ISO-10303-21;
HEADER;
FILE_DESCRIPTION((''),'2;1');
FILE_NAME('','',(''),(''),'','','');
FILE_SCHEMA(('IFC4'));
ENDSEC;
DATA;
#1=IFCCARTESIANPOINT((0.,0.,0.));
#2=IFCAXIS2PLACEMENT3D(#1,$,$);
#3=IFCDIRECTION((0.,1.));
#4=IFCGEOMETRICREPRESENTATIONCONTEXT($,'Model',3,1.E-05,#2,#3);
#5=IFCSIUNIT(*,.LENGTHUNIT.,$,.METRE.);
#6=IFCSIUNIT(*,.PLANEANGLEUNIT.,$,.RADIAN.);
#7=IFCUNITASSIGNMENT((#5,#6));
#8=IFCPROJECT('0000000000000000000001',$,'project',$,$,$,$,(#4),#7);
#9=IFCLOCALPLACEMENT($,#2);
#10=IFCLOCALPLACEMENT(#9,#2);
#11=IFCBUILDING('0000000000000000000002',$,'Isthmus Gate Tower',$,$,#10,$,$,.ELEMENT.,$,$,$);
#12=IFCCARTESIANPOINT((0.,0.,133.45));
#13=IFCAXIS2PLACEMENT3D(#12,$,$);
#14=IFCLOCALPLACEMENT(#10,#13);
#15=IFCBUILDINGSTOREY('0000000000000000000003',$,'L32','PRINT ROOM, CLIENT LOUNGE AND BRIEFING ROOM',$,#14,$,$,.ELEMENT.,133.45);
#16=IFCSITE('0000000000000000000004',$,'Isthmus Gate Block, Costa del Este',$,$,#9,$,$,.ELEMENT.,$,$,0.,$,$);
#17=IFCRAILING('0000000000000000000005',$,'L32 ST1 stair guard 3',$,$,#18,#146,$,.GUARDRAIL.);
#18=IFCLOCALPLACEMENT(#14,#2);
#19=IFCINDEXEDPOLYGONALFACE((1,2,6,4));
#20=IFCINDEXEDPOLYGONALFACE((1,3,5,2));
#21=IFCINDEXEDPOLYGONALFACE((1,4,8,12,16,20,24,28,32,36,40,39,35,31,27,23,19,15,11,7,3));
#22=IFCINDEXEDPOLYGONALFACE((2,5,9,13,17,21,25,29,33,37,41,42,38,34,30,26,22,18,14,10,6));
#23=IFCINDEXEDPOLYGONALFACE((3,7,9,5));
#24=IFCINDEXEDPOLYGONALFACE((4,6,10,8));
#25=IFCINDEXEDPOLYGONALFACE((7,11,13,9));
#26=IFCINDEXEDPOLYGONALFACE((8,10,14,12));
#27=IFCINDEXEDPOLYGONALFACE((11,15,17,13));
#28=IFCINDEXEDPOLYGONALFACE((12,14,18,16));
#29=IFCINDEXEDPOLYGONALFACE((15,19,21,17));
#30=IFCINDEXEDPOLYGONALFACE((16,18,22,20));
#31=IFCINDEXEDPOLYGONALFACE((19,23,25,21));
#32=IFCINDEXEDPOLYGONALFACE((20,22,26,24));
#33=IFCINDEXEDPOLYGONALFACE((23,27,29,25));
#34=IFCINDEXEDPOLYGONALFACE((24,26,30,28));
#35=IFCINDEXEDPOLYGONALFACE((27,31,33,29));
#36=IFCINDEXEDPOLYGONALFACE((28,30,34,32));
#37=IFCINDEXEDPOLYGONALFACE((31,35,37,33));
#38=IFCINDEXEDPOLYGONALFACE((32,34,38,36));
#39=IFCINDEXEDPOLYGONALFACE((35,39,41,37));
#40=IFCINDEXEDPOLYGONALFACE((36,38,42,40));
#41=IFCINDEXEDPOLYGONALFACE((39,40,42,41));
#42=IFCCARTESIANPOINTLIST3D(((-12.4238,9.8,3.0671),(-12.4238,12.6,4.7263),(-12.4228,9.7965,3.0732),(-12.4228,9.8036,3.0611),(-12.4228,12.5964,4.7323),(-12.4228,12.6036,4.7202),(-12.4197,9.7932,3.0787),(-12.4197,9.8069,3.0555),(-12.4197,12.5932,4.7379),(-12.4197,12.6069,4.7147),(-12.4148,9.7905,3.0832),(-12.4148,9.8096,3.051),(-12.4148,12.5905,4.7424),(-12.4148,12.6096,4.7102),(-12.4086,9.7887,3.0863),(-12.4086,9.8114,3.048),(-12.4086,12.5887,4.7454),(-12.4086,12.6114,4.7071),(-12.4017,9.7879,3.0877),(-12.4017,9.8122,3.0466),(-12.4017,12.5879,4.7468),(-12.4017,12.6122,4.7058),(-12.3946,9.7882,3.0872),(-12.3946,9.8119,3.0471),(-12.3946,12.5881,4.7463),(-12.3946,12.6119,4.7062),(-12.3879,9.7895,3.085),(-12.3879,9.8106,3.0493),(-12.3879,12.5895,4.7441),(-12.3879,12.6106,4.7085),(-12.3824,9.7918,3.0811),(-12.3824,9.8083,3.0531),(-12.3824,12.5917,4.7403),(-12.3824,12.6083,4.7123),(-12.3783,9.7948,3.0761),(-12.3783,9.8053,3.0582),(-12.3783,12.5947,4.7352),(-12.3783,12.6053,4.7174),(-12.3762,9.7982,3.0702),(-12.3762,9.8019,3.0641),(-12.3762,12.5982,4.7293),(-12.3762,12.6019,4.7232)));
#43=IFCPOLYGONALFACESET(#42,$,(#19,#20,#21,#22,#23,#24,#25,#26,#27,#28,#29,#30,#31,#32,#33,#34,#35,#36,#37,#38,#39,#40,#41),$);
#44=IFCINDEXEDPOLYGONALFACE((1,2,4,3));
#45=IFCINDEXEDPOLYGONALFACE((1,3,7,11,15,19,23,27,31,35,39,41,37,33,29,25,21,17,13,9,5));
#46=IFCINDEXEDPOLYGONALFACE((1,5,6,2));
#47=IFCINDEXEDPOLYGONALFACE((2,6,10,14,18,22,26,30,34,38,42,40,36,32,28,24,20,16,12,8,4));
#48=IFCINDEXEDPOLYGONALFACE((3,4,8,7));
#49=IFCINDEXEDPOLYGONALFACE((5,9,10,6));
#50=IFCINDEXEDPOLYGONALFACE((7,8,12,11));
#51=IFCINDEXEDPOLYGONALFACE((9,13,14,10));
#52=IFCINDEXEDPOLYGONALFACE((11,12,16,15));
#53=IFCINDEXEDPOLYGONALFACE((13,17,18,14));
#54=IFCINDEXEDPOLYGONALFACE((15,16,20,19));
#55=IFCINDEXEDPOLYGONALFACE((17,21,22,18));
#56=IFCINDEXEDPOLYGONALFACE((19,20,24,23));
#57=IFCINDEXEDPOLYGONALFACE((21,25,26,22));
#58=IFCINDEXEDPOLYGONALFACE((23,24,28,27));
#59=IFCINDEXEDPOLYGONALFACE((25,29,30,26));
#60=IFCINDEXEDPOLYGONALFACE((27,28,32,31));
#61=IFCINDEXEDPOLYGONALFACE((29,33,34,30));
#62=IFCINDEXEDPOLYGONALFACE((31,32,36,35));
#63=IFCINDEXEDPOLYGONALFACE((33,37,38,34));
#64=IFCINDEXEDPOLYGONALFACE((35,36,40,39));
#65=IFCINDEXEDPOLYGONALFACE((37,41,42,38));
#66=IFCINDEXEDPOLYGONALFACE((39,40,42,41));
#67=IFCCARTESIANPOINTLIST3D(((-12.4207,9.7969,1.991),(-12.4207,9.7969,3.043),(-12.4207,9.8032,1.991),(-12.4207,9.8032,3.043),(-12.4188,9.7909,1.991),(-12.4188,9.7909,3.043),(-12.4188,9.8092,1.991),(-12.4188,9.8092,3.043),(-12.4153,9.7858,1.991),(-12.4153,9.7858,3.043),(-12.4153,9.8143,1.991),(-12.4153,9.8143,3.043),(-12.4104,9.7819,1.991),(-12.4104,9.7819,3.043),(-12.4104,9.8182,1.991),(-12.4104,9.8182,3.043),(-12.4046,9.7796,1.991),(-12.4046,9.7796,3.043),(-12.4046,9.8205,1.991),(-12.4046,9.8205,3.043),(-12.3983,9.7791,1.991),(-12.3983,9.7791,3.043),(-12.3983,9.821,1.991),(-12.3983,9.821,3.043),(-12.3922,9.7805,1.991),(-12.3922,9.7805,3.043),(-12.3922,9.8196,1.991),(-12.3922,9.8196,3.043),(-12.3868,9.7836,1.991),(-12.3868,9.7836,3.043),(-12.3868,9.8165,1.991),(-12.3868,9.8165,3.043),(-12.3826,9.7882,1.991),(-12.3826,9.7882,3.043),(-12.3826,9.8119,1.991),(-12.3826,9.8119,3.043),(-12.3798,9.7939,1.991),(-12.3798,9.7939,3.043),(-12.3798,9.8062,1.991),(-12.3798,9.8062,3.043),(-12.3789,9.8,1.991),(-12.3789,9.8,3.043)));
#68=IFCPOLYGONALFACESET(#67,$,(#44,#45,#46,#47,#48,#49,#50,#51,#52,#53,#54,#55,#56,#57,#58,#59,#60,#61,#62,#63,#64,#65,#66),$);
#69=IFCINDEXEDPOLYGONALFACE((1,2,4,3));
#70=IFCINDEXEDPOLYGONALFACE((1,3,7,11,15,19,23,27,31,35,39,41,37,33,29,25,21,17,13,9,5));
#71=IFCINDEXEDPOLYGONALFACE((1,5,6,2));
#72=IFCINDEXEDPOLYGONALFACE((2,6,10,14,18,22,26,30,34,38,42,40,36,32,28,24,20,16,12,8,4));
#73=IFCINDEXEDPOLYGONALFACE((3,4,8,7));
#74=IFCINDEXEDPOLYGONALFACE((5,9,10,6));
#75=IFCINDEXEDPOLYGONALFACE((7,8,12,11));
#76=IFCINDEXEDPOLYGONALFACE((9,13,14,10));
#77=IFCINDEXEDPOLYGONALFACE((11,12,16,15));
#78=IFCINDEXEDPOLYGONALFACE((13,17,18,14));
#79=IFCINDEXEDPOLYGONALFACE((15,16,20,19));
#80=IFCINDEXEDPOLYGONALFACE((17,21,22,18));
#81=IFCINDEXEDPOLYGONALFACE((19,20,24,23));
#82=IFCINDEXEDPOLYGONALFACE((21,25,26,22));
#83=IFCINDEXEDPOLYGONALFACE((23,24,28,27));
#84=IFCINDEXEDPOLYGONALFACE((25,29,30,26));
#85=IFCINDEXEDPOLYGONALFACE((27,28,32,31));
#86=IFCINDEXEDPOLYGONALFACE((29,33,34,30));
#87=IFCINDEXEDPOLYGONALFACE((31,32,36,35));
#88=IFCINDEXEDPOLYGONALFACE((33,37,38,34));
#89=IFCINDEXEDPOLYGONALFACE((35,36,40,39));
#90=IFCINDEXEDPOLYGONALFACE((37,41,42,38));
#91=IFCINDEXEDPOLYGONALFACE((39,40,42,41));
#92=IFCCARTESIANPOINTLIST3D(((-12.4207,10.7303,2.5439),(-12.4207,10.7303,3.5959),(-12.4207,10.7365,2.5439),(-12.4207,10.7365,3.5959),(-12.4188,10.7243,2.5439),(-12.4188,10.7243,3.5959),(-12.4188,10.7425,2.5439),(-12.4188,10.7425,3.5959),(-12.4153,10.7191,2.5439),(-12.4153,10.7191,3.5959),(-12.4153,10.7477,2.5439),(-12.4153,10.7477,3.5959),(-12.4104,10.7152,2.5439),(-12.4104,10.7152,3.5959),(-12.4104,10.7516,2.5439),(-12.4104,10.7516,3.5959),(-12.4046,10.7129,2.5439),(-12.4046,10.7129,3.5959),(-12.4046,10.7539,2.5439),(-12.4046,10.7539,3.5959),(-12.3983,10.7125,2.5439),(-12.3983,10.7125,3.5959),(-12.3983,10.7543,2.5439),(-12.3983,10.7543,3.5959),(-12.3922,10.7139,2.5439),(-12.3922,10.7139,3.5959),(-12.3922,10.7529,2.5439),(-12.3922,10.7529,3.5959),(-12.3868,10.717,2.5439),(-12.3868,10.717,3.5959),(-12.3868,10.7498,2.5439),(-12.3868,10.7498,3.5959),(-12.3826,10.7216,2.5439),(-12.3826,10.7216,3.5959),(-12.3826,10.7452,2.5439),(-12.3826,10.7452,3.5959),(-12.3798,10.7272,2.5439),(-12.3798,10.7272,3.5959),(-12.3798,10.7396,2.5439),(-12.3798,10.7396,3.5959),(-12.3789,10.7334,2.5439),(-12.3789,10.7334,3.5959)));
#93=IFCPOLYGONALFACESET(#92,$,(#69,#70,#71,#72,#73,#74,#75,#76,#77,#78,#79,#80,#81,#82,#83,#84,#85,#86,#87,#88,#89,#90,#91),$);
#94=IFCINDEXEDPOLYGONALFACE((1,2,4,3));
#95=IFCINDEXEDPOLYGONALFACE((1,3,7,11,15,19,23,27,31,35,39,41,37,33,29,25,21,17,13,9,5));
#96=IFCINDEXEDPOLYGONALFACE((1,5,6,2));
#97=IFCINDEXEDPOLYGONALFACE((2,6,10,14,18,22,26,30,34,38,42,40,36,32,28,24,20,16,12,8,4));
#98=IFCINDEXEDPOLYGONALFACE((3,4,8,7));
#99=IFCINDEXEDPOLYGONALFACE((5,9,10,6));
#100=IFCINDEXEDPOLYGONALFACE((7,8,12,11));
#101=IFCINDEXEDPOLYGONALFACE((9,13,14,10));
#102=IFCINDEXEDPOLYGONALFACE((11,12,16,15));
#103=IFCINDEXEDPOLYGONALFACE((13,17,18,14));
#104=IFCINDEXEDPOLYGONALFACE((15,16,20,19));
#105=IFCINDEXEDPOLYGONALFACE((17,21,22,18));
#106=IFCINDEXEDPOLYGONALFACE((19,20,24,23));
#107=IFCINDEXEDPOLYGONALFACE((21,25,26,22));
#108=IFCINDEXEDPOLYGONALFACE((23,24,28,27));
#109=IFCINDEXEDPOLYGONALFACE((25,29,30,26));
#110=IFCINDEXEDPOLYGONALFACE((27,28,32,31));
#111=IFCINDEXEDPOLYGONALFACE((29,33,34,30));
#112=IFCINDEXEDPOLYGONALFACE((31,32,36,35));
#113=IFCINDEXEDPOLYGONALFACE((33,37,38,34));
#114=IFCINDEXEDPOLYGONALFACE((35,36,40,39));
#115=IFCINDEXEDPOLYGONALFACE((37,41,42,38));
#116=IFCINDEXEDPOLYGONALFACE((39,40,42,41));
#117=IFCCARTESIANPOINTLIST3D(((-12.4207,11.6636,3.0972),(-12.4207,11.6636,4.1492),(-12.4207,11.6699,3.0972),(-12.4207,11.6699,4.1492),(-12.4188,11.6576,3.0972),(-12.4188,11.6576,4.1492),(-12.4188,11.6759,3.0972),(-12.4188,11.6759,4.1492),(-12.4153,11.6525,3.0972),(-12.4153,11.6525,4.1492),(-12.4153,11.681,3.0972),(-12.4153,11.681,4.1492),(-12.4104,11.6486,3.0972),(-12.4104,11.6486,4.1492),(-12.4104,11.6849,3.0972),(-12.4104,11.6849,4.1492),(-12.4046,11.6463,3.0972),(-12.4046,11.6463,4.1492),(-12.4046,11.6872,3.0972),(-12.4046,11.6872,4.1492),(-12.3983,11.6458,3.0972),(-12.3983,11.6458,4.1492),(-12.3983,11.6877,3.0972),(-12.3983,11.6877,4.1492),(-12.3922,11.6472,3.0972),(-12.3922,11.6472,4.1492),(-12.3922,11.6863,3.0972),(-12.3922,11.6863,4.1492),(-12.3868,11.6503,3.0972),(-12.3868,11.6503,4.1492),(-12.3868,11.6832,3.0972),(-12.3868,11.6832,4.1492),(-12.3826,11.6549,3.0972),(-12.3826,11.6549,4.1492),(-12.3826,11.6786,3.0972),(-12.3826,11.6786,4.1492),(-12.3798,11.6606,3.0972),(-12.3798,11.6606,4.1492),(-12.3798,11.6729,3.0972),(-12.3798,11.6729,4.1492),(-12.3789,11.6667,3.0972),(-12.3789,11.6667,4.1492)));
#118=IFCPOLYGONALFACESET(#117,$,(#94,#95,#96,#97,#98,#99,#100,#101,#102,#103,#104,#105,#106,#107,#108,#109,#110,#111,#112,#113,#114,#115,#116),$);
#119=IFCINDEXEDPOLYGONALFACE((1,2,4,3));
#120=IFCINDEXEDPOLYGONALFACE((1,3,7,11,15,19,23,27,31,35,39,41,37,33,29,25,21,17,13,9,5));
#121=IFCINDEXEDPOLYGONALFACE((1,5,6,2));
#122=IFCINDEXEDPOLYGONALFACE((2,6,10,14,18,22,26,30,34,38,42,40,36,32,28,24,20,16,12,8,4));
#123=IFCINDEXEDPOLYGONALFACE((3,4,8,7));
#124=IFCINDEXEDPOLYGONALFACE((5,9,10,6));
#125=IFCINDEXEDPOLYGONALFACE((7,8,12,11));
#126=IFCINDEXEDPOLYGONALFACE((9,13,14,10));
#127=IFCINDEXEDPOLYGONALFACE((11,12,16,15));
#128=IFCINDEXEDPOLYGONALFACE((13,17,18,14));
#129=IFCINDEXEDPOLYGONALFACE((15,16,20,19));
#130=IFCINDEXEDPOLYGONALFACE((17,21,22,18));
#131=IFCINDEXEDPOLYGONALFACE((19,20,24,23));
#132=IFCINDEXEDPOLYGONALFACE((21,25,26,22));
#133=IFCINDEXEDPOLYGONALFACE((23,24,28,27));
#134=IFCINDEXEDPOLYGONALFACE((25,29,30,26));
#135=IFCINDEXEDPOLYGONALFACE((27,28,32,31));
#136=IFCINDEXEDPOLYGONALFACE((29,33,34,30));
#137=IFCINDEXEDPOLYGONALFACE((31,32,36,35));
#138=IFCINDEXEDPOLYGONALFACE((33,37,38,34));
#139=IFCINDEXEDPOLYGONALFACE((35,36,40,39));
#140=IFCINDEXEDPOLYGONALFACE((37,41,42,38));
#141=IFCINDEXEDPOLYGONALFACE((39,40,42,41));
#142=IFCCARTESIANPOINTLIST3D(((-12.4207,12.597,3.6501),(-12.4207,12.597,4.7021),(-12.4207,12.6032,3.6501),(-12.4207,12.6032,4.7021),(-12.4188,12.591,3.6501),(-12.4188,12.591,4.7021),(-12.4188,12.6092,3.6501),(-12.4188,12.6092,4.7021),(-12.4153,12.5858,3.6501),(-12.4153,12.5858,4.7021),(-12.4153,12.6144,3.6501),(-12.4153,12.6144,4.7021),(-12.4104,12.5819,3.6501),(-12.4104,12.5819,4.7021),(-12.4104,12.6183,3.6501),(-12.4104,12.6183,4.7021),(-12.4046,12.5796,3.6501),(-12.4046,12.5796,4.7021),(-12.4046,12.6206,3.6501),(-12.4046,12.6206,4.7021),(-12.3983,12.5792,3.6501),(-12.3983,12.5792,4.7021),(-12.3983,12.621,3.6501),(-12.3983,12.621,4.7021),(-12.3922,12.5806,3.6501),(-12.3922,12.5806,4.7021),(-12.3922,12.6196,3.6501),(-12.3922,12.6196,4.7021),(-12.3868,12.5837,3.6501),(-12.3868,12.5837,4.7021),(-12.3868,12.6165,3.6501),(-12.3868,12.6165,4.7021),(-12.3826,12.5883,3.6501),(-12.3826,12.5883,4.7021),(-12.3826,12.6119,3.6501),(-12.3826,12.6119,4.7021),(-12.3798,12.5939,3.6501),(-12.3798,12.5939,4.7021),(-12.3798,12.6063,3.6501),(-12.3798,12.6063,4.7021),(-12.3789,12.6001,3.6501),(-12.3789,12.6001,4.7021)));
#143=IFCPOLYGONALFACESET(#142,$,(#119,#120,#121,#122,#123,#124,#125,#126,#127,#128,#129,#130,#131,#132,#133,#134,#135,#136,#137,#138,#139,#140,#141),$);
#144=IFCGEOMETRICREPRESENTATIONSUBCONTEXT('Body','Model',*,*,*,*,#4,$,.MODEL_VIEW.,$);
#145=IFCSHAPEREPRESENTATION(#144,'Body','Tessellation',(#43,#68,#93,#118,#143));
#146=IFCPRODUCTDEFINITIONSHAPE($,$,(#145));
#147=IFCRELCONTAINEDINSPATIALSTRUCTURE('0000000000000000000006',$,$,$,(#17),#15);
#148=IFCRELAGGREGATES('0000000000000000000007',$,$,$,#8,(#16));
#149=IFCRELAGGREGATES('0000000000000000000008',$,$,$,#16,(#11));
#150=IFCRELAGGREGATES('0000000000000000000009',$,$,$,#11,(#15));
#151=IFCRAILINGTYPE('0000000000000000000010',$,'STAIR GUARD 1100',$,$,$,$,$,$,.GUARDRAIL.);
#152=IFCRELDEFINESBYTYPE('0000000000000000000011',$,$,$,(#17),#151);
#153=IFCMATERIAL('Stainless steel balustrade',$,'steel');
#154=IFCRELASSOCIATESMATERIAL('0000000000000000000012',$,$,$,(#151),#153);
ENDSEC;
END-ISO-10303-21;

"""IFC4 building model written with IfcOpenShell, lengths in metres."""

from ifc_helpers import new_model, si_unit, direction, frame, origin, origin_2d, place, context, subcontext, project, spatial, circle, extrude, material, type_object, element, save


model = new_model("IFC4")

# Units and contexts
model_context = context("Model", 3, precision=1e-05, world=origin(), true_north=direction((0.0, 1.0)))
body_context = subcontext(model_context, "Body", "Model", "MODEL_VIEW")
ifc_project = project(units=[si_unit("LENGTHUNIT", "METRE"), si_unit("PLANEANGLEUNIT", "RADIAN")], contexts=[model_context])

# Site, building, storey
site_placement = place(None, origin())
site = spatial("IfcSite", under=ifc_project, at=site_placement, Name="Isthmus Gate Block, Costa del Este", CompositionType="ELEMENT", RefElevation=0.0)
building_placement = place(site_placement, origin())
building = spatial("IfcBuilding", under=site, at=building_placement, Name="Isthmus Gate Tower", CompositionType="ELEMENT")
storey_placement = place(building_placement, frame((0.0, 0.0, 133.45)))
storey = spatial("IfcBuildingStorey", under=building, at=storey_placement, Name="L32", Description="PRINT ROOM, CLIENT LOUNGE AND BRIEFING ROOM", CompositionType="ELEMENT", Elevation=133.45)

# Railing
ifc_material_1 = material(Name="Stainless steel balustrade", Category="steel")
railing_type_1 = type_object("IfcRailingType", Name="STAIR GUARD 1100", PredefinedType="GUARDRAIL", material=ifc_material_1)
railing_1_placement = place(storey_placement, frame((-12.3999, 9.8, 1.991)))
element("IfcRailing", 1, at=railing_1_placement, inside=storey, type_object=railing_type_1, Name="L32 ST1 stair guard 3", PredefinedType="GUARDRAIL", context=body_context, shape_type="SweptSolid", body=[
    extrude(circle(Radius=0.0239, at=origin_2d()), frame((0.0, 0.0, 1.0762), z_axis=(0.0, 0.860306, 0.509778), x_axis=(-1.0, 0.0, 0.0)), (0.0, 0.0, 1.0), 3.2546),
    extrude(circle(Radius=0.021, at=origin_2d()), origin(), (0.0, 0.0, 1.0), 1.052),
    extrude(circle(Radius=0.021, at=origin_2d()), frame((0.0, 0.9333, 0.553)), (0.0, 0.0, 1.0), 1.052),
    extrude(circle(Radius=0.021, at=origin_2d()), frame((0.0, 1.8667, 1.1062)), (0.0, 0.0, 1.0), 1.052),
    extrude(circle(Radius=0.021, at=origin_2d()), frame((0.0, 2.8, 1.6592)), (0.0, 0.0, 1.0), 1.052),
])

save(model, "model.ifc")
